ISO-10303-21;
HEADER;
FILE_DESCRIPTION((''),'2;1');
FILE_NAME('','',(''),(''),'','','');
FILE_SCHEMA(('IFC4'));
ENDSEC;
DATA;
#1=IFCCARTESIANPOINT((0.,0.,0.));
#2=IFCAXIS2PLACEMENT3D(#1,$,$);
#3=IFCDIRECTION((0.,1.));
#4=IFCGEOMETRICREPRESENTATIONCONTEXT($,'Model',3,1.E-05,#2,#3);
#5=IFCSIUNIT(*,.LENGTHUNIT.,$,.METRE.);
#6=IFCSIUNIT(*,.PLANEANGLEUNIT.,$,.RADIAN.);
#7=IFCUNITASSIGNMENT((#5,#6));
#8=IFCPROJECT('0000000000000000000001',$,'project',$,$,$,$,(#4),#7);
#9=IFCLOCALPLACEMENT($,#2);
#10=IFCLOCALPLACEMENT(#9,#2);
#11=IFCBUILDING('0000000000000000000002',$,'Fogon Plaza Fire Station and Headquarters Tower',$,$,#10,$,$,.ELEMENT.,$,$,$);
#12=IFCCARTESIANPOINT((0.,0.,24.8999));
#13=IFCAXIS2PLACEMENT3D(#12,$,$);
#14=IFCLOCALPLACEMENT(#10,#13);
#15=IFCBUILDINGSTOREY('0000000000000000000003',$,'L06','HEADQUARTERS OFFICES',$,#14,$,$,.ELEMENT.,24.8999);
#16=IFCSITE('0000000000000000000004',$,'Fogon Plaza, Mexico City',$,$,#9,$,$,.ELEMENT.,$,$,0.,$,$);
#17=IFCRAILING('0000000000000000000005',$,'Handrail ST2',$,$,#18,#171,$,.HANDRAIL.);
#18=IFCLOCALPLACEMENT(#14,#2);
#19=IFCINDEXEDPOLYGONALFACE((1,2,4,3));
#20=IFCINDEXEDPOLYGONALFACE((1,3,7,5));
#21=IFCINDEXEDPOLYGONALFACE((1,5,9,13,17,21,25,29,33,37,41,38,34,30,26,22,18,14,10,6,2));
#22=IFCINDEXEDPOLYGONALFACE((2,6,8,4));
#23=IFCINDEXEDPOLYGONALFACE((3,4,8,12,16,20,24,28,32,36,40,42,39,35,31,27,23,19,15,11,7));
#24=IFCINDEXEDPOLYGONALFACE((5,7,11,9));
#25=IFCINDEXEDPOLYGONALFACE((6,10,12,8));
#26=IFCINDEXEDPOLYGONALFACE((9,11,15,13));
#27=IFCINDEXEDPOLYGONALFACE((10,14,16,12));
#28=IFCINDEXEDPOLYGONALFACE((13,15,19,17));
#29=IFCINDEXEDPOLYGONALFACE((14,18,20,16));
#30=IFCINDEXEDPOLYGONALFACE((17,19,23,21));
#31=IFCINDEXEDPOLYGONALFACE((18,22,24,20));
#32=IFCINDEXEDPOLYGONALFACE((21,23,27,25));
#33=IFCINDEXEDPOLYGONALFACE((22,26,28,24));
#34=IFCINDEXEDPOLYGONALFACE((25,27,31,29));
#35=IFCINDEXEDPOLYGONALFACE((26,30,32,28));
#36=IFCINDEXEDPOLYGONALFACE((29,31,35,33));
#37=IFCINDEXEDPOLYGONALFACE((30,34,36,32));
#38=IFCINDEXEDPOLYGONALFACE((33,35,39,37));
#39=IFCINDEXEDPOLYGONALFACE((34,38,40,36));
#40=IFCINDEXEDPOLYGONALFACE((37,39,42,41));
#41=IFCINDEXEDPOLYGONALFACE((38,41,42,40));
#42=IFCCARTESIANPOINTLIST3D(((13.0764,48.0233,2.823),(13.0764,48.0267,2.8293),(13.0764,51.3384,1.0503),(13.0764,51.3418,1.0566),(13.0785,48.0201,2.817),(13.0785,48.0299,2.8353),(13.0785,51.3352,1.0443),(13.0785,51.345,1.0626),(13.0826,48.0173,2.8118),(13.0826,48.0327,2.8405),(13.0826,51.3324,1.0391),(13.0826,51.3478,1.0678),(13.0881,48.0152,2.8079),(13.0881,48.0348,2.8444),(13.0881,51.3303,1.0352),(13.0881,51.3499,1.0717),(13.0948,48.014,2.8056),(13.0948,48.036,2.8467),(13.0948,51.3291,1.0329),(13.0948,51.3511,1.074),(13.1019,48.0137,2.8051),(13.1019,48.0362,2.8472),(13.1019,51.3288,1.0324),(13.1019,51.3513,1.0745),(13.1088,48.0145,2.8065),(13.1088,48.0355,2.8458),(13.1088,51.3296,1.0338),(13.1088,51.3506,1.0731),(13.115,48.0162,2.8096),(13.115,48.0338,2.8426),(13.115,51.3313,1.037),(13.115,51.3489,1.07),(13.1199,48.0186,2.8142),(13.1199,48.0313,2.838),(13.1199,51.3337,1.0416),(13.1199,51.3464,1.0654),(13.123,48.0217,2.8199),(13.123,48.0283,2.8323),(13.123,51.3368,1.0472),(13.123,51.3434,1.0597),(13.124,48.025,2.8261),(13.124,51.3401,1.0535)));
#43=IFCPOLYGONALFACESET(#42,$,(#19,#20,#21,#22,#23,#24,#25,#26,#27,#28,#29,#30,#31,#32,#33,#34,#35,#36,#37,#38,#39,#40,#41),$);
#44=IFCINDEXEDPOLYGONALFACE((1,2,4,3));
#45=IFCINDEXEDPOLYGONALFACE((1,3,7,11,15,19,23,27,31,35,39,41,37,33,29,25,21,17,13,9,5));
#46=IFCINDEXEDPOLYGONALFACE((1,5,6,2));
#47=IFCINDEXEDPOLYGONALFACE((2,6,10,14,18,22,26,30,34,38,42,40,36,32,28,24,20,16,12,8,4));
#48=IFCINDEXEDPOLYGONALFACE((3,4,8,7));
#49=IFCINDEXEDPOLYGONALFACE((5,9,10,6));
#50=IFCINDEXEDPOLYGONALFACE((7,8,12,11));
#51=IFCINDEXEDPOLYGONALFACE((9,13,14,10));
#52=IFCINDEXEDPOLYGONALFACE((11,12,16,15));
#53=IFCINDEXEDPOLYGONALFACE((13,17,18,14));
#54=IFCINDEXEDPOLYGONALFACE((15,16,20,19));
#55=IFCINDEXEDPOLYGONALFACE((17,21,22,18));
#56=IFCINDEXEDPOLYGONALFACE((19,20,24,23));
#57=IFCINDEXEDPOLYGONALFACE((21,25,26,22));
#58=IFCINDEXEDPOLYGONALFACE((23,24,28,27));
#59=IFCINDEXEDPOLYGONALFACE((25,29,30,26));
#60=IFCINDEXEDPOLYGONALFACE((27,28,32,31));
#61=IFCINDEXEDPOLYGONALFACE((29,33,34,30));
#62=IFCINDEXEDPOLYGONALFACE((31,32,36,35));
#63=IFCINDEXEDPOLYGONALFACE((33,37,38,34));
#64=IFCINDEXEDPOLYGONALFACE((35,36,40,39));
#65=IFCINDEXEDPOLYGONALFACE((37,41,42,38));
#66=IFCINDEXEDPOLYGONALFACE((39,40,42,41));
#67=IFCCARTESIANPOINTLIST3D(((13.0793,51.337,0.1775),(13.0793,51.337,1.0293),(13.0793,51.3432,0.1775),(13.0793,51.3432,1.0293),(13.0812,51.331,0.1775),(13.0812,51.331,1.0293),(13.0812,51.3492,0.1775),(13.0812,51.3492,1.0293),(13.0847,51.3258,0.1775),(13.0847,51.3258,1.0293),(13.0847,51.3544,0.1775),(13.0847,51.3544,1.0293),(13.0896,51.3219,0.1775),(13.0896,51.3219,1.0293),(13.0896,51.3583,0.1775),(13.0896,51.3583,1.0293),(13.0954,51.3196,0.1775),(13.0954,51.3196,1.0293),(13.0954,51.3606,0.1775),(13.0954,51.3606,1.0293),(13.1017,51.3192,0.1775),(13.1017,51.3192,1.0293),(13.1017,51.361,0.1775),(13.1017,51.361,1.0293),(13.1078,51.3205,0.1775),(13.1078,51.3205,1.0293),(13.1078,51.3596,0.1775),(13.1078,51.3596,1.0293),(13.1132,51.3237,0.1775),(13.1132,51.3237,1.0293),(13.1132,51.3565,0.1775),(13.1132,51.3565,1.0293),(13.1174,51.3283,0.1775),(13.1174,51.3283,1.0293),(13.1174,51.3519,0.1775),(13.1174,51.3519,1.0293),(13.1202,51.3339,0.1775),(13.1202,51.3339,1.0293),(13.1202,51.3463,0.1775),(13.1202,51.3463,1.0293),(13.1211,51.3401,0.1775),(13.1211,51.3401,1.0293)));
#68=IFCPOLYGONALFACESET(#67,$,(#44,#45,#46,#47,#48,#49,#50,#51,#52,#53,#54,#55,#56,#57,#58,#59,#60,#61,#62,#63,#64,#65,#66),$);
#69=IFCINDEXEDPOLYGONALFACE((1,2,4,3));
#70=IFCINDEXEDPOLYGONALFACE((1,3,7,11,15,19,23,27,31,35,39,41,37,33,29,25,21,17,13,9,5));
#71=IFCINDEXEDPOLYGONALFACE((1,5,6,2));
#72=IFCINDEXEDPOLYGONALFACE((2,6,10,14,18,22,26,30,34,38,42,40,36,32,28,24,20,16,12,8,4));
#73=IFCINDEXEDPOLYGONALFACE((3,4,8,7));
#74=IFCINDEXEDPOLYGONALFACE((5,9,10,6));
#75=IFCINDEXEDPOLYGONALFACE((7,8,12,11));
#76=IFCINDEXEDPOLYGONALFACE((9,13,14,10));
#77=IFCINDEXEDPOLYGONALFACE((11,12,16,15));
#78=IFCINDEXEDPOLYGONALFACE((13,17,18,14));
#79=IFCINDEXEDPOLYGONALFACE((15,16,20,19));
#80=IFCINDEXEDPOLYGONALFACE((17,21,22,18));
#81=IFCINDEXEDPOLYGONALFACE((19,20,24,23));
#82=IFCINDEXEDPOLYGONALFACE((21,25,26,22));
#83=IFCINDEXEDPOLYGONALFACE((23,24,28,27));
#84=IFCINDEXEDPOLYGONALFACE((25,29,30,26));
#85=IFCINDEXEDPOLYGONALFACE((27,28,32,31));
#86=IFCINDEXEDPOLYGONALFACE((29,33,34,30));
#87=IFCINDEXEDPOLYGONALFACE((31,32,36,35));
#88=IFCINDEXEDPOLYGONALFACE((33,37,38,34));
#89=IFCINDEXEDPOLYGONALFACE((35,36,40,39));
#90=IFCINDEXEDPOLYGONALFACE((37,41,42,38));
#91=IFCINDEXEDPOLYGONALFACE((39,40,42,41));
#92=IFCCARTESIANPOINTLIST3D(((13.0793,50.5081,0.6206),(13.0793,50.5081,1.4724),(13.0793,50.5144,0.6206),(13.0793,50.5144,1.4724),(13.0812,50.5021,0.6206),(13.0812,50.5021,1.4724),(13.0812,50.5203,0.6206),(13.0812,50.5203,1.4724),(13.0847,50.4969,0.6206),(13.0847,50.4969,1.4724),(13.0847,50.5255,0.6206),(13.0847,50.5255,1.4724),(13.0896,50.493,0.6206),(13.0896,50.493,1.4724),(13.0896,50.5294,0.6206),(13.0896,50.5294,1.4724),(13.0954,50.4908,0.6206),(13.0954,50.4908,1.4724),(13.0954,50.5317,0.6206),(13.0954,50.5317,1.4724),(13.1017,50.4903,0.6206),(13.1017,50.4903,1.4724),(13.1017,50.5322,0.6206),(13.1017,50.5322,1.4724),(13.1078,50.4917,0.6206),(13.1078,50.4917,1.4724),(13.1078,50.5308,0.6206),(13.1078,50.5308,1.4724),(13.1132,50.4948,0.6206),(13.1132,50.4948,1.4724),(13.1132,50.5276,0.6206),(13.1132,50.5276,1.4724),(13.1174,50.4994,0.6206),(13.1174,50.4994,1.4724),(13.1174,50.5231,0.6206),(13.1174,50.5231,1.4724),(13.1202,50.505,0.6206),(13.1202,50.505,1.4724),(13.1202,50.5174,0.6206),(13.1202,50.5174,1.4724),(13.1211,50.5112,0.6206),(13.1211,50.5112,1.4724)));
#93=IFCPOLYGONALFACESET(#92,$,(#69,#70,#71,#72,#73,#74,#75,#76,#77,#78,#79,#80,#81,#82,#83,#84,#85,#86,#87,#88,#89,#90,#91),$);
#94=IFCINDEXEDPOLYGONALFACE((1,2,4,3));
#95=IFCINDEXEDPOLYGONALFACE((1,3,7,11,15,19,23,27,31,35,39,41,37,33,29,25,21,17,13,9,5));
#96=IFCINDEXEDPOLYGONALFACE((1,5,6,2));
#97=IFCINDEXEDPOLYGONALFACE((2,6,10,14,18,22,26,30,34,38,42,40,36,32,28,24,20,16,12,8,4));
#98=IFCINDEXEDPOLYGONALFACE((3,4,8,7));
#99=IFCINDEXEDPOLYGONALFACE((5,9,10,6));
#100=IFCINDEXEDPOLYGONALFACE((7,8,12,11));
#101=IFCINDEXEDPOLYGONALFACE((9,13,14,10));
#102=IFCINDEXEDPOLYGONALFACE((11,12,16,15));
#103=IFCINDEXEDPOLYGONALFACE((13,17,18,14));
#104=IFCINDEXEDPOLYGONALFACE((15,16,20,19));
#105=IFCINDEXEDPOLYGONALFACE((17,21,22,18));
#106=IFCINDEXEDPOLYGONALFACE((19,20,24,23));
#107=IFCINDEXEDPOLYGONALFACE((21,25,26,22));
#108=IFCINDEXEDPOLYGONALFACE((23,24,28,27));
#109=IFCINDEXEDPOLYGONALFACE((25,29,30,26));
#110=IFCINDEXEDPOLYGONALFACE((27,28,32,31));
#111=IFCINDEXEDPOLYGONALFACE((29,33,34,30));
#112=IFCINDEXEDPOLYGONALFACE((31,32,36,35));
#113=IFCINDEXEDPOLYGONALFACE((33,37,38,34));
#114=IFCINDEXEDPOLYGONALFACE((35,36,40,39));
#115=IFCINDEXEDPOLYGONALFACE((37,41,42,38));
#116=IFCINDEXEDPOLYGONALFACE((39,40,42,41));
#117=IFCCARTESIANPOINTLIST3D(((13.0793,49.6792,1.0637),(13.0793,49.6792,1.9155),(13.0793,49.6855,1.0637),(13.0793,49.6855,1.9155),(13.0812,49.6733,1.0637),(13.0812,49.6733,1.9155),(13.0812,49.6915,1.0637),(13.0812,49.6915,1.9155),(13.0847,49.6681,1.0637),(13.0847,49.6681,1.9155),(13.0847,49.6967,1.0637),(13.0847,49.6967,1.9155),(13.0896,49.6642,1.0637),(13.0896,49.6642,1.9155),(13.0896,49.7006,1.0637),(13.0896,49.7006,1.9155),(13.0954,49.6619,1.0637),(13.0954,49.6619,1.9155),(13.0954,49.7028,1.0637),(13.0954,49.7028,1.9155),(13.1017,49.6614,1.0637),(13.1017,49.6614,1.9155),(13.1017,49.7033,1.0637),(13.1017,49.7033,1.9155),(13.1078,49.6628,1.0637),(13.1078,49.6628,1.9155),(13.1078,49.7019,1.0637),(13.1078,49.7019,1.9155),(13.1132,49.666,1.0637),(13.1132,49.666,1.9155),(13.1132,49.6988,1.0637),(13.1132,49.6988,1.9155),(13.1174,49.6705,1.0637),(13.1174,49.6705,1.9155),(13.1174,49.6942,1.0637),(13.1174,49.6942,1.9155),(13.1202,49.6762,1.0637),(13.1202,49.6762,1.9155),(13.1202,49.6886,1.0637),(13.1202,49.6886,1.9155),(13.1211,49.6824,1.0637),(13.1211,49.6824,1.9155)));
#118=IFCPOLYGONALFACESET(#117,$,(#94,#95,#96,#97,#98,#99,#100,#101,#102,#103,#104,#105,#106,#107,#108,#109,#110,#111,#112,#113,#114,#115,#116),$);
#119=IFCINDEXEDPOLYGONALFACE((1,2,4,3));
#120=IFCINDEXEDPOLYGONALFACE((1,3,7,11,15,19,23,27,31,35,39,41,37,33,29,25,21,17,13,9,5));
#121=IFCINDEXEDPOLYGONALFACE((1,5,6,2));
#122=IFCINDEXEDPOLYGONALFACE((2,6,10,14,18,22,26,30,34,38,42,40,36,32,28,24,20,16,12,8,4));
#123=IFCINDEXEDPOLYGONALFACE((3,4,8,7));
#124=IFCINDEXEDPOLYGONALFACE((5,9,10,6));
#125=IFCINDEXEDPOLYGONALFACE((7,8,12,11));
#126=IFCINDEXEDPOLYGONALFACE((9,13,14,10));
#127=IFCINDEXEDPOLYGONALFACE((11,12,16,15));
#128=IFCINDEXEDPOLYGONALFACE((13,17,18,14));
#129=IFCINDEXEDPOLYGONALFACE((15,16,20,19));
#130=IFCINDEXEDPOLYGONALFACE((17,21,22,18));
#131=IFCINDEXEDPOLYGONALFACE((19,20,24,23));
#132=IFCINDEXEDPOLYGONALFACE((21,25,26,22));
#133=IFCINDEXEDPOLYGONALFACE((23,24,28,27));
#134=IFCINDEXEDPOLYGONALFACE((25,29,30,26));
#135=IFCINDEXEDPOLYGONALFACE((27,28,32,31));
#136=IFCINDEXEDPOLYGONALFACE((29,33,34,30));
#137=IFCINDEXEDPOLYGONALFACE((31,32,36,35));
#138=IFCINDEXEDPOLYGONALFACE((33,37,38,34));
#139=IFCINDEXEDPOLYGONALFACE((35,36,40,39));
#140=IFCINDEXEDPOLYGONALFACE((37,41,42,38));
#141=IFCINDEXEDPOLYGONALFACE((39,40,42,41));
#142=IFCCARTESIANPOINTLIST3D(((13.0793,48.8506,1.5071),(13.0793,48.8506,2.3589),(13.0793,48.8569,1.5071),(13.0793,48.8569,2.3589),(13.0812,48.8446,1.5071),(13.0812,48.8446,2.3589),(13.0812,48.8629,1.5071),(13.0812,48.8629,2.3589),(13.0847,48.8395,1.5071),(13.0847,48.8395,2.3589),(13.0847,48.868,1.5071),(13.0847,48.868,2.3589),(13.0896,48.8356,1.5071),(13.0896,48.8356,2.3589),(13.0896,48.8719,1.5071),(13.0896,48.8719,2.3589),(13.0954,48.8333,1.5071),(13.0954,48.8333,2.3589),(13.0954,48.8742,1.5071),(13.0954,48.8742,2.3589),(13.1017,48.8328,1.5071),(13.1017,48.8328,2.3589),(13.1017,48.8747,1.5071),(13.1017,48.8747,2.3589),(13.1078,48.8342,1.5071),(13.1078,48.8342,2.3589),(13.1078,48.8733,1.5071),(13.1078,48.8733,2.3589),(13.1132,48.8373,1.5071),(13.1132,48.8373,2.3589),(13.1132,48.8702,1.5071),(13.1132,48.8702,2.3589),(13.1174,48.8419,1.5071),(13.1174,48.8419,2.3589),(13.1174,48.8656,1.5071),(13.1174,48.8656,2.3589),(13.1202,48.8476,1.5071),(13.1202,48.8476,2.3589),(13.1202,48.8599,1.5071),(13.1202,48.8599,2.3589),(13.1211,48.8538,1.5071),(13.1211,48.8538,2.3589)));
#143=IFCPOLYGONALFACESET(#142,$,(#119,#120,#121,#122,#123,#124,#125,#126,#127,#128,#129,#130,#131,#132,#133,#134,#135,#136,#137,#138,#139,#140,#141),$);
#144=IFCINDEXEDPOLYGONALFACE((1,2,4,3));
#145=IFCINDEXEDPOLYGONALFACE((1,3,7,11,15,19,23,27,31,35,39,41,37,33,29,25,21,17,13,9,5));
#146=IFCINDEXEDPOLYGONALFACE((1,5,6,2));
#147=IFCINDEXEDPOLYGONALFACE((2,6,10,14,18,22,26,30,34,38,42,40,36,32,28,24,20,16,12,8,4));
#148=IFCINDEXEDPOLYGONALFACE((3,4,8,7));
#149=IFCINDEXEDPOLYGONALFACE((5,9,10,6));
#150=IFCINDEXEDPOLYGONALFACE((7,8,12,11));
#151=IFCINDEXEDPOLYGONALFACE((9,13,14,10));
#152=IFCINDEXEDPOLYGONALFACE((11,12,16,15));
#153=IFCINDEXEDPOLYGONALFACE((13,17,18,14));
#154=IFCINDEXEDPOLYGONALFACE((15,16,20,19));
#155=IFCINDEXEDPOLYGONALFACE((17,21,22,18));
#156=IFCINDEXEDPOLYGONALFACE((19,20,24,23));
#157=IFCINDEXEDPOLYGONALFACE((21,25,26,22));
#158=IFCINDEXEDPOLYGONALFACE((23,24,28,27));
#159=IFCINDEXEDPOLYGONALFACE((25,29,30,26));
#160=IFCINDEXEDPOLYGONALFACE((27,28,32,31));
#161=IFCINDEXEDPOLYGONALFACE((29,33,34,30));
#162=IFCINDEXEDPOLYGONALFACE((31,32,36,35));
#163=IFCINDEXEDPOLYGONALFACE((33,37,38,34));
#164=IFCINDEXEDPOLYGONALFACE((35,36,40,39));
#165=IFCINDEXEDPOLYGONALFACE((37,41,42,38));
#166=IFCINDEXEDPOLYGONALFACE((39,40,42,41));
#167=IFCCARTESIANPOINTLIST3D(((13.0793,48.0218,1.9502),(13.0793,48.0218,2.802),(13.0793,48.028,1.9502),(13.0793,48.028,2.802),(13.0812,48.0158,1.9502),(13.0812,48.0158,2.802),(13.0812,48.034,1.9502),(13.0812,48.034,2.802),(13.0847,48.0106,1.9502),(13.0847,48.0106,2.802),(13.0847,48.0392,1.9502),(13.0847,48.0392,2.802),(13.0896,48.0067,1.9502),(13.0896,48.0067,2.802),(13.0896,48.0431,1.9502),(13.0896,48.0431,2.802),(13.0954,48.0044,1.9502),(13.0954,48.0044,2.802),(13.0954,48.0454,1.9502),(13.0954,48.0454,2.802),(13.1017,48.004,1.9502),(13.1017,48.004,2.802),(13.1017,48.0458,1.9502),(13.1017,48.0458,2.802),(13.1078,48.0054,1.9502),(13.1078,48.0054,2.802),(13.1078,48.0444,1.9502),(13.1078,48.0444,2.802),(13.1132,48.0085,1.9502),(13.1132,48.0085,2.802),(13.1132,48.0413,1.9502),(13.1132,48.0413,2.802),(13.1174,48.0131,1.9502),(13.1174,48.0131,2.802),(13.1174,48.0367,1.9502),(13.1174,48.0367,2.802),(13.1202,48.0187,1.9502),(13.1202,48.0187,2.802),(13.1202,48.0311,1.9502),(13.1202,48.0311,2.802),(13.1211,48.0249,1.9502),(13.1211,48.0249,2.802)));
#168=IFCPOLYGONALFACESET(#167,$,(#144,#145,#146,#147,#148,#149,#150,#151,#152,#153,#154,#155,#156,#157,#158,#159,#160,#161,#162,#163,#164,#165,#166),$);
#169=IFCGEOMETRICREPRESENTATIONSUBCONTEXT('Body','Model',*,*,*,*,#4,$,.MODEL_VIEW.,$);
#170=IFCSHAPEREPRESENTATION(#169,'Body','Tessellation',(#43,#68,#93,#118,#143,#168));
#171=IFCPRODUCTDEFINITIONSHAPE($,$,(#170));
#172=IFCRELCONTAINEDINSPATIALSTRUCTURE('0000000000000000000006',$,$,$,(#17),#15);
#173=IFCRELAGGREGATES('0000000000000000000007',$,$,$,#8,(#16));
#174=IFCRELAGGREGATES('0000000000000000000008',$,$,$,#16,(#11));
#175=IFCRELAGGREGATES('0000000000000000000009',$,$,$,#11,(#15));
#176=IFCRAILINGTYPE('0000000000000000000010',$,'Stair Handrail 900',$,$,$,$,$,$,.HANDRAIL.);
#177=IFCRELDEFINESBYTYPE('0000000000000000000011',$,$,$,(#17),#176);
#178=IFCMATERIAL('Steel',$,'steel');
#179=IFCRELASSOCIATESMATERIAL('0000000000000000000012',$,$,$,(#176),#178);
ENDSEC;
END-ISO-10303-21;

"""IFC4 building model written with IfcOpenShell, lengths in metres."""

from ifc_helpers import new_model, si_unit, direction, frame, origin, origin_2d, place, context, subcontext, project, spatial, circle, extrude, material, type_object, element, save


model = new_model("IFC4")

# Units and contexts
model_context = context("Model", 3, precision=1e-05, world=origin(), true_north=direction((0.0, 1.0)))
body_context = subcontext(model_context, "Body", "Model", "MODEL_VIEW")
ifc_project = project(units=[si_unit("LENGTHUNIT", "METRE"), si_unit("PLANEANGLEUNIT", "RADIAN")], contexts=[model_context])

# Site, building, storey
site_placement = place(None, origin())
site = spatial("IfcSite", under=ifc_project, at=site_placement, Name="Fogon Plaza, Mexico City", CompositionType="ELEMENT", RefElevation=0.0)
building_placement = place(site_placement, origin())
building = spatial("IfcBuilding", under=site, at=building_placement, Name="Fogon Plaza Fire Station and Headquarters Tower", CompositionType="ELEMENT")
storey_placement = place(building_placement, frame((0.0, 0.0, 24.8999)))
storey = spatial("IfcBuildingStorey", under=building, at=storey_placement, Name="L06", Description="HEADQUARTERS OFFICES", CompositionType="ELEMENT", Elevation=24.8999)

# Railing
ifc_material_1 = material(Name="Steel", Category="steel")
railing_type = type_object("IfcRailingType", Name="Stair Handrail 900", PredefinedType="HANDRAIL", material=ifc_material_1)
for number, where, name in (
    (1, (13.1001, 51.3401, 0.1775), "Handrail ST2"),
):
    element("IfcRailing", number, at=place(storey_placement, frame(where)), inside=storey, type_object=railing_type, Name=name, PredefinedType="HANDRAIL", context=body_context, shape_type="SweptSolid", body=[
        extrude(circle(Radius=0.0239, at=origin_2d()), frame((0.0, 0.0, 0.876), z_axis=(0.0, -0.881844, 0.471542), x_axis=(1.0, 0.0, 0.0)), (0.0, 0.0, 1.0), 3.7593),
        extrude(circle(Radius=0.021, at=origin_2d()), origin(), (0.0, 0.0, 1.0), 0.8518),
        extrude(circle(Radius=0.021, at=origin_2d()), frame((0.0, -0.8289, 0.4431)), (0.0, 0.0, 1.0), 0.8518),
        extrude(circle(Radius=0.021, at=origin_2d()), frame((0.0, -1.6577, 0.8862)), (0.0, 0.0, 1.0), 0.8518),
        extrude(circle(Radius=0.021, at=origin_2d()), frame((0.0, -2.4863, 1.3296)), (0.0, 0.0, 1.0), 0.8518),
        extrude(circle(Radius=0.021, at=origin_2d()), frame((0.0, -3.3152, 1.7727)), (0.0, 0.0, 1.0), 0.8518),
    ])

save(model, "model.ifc")
